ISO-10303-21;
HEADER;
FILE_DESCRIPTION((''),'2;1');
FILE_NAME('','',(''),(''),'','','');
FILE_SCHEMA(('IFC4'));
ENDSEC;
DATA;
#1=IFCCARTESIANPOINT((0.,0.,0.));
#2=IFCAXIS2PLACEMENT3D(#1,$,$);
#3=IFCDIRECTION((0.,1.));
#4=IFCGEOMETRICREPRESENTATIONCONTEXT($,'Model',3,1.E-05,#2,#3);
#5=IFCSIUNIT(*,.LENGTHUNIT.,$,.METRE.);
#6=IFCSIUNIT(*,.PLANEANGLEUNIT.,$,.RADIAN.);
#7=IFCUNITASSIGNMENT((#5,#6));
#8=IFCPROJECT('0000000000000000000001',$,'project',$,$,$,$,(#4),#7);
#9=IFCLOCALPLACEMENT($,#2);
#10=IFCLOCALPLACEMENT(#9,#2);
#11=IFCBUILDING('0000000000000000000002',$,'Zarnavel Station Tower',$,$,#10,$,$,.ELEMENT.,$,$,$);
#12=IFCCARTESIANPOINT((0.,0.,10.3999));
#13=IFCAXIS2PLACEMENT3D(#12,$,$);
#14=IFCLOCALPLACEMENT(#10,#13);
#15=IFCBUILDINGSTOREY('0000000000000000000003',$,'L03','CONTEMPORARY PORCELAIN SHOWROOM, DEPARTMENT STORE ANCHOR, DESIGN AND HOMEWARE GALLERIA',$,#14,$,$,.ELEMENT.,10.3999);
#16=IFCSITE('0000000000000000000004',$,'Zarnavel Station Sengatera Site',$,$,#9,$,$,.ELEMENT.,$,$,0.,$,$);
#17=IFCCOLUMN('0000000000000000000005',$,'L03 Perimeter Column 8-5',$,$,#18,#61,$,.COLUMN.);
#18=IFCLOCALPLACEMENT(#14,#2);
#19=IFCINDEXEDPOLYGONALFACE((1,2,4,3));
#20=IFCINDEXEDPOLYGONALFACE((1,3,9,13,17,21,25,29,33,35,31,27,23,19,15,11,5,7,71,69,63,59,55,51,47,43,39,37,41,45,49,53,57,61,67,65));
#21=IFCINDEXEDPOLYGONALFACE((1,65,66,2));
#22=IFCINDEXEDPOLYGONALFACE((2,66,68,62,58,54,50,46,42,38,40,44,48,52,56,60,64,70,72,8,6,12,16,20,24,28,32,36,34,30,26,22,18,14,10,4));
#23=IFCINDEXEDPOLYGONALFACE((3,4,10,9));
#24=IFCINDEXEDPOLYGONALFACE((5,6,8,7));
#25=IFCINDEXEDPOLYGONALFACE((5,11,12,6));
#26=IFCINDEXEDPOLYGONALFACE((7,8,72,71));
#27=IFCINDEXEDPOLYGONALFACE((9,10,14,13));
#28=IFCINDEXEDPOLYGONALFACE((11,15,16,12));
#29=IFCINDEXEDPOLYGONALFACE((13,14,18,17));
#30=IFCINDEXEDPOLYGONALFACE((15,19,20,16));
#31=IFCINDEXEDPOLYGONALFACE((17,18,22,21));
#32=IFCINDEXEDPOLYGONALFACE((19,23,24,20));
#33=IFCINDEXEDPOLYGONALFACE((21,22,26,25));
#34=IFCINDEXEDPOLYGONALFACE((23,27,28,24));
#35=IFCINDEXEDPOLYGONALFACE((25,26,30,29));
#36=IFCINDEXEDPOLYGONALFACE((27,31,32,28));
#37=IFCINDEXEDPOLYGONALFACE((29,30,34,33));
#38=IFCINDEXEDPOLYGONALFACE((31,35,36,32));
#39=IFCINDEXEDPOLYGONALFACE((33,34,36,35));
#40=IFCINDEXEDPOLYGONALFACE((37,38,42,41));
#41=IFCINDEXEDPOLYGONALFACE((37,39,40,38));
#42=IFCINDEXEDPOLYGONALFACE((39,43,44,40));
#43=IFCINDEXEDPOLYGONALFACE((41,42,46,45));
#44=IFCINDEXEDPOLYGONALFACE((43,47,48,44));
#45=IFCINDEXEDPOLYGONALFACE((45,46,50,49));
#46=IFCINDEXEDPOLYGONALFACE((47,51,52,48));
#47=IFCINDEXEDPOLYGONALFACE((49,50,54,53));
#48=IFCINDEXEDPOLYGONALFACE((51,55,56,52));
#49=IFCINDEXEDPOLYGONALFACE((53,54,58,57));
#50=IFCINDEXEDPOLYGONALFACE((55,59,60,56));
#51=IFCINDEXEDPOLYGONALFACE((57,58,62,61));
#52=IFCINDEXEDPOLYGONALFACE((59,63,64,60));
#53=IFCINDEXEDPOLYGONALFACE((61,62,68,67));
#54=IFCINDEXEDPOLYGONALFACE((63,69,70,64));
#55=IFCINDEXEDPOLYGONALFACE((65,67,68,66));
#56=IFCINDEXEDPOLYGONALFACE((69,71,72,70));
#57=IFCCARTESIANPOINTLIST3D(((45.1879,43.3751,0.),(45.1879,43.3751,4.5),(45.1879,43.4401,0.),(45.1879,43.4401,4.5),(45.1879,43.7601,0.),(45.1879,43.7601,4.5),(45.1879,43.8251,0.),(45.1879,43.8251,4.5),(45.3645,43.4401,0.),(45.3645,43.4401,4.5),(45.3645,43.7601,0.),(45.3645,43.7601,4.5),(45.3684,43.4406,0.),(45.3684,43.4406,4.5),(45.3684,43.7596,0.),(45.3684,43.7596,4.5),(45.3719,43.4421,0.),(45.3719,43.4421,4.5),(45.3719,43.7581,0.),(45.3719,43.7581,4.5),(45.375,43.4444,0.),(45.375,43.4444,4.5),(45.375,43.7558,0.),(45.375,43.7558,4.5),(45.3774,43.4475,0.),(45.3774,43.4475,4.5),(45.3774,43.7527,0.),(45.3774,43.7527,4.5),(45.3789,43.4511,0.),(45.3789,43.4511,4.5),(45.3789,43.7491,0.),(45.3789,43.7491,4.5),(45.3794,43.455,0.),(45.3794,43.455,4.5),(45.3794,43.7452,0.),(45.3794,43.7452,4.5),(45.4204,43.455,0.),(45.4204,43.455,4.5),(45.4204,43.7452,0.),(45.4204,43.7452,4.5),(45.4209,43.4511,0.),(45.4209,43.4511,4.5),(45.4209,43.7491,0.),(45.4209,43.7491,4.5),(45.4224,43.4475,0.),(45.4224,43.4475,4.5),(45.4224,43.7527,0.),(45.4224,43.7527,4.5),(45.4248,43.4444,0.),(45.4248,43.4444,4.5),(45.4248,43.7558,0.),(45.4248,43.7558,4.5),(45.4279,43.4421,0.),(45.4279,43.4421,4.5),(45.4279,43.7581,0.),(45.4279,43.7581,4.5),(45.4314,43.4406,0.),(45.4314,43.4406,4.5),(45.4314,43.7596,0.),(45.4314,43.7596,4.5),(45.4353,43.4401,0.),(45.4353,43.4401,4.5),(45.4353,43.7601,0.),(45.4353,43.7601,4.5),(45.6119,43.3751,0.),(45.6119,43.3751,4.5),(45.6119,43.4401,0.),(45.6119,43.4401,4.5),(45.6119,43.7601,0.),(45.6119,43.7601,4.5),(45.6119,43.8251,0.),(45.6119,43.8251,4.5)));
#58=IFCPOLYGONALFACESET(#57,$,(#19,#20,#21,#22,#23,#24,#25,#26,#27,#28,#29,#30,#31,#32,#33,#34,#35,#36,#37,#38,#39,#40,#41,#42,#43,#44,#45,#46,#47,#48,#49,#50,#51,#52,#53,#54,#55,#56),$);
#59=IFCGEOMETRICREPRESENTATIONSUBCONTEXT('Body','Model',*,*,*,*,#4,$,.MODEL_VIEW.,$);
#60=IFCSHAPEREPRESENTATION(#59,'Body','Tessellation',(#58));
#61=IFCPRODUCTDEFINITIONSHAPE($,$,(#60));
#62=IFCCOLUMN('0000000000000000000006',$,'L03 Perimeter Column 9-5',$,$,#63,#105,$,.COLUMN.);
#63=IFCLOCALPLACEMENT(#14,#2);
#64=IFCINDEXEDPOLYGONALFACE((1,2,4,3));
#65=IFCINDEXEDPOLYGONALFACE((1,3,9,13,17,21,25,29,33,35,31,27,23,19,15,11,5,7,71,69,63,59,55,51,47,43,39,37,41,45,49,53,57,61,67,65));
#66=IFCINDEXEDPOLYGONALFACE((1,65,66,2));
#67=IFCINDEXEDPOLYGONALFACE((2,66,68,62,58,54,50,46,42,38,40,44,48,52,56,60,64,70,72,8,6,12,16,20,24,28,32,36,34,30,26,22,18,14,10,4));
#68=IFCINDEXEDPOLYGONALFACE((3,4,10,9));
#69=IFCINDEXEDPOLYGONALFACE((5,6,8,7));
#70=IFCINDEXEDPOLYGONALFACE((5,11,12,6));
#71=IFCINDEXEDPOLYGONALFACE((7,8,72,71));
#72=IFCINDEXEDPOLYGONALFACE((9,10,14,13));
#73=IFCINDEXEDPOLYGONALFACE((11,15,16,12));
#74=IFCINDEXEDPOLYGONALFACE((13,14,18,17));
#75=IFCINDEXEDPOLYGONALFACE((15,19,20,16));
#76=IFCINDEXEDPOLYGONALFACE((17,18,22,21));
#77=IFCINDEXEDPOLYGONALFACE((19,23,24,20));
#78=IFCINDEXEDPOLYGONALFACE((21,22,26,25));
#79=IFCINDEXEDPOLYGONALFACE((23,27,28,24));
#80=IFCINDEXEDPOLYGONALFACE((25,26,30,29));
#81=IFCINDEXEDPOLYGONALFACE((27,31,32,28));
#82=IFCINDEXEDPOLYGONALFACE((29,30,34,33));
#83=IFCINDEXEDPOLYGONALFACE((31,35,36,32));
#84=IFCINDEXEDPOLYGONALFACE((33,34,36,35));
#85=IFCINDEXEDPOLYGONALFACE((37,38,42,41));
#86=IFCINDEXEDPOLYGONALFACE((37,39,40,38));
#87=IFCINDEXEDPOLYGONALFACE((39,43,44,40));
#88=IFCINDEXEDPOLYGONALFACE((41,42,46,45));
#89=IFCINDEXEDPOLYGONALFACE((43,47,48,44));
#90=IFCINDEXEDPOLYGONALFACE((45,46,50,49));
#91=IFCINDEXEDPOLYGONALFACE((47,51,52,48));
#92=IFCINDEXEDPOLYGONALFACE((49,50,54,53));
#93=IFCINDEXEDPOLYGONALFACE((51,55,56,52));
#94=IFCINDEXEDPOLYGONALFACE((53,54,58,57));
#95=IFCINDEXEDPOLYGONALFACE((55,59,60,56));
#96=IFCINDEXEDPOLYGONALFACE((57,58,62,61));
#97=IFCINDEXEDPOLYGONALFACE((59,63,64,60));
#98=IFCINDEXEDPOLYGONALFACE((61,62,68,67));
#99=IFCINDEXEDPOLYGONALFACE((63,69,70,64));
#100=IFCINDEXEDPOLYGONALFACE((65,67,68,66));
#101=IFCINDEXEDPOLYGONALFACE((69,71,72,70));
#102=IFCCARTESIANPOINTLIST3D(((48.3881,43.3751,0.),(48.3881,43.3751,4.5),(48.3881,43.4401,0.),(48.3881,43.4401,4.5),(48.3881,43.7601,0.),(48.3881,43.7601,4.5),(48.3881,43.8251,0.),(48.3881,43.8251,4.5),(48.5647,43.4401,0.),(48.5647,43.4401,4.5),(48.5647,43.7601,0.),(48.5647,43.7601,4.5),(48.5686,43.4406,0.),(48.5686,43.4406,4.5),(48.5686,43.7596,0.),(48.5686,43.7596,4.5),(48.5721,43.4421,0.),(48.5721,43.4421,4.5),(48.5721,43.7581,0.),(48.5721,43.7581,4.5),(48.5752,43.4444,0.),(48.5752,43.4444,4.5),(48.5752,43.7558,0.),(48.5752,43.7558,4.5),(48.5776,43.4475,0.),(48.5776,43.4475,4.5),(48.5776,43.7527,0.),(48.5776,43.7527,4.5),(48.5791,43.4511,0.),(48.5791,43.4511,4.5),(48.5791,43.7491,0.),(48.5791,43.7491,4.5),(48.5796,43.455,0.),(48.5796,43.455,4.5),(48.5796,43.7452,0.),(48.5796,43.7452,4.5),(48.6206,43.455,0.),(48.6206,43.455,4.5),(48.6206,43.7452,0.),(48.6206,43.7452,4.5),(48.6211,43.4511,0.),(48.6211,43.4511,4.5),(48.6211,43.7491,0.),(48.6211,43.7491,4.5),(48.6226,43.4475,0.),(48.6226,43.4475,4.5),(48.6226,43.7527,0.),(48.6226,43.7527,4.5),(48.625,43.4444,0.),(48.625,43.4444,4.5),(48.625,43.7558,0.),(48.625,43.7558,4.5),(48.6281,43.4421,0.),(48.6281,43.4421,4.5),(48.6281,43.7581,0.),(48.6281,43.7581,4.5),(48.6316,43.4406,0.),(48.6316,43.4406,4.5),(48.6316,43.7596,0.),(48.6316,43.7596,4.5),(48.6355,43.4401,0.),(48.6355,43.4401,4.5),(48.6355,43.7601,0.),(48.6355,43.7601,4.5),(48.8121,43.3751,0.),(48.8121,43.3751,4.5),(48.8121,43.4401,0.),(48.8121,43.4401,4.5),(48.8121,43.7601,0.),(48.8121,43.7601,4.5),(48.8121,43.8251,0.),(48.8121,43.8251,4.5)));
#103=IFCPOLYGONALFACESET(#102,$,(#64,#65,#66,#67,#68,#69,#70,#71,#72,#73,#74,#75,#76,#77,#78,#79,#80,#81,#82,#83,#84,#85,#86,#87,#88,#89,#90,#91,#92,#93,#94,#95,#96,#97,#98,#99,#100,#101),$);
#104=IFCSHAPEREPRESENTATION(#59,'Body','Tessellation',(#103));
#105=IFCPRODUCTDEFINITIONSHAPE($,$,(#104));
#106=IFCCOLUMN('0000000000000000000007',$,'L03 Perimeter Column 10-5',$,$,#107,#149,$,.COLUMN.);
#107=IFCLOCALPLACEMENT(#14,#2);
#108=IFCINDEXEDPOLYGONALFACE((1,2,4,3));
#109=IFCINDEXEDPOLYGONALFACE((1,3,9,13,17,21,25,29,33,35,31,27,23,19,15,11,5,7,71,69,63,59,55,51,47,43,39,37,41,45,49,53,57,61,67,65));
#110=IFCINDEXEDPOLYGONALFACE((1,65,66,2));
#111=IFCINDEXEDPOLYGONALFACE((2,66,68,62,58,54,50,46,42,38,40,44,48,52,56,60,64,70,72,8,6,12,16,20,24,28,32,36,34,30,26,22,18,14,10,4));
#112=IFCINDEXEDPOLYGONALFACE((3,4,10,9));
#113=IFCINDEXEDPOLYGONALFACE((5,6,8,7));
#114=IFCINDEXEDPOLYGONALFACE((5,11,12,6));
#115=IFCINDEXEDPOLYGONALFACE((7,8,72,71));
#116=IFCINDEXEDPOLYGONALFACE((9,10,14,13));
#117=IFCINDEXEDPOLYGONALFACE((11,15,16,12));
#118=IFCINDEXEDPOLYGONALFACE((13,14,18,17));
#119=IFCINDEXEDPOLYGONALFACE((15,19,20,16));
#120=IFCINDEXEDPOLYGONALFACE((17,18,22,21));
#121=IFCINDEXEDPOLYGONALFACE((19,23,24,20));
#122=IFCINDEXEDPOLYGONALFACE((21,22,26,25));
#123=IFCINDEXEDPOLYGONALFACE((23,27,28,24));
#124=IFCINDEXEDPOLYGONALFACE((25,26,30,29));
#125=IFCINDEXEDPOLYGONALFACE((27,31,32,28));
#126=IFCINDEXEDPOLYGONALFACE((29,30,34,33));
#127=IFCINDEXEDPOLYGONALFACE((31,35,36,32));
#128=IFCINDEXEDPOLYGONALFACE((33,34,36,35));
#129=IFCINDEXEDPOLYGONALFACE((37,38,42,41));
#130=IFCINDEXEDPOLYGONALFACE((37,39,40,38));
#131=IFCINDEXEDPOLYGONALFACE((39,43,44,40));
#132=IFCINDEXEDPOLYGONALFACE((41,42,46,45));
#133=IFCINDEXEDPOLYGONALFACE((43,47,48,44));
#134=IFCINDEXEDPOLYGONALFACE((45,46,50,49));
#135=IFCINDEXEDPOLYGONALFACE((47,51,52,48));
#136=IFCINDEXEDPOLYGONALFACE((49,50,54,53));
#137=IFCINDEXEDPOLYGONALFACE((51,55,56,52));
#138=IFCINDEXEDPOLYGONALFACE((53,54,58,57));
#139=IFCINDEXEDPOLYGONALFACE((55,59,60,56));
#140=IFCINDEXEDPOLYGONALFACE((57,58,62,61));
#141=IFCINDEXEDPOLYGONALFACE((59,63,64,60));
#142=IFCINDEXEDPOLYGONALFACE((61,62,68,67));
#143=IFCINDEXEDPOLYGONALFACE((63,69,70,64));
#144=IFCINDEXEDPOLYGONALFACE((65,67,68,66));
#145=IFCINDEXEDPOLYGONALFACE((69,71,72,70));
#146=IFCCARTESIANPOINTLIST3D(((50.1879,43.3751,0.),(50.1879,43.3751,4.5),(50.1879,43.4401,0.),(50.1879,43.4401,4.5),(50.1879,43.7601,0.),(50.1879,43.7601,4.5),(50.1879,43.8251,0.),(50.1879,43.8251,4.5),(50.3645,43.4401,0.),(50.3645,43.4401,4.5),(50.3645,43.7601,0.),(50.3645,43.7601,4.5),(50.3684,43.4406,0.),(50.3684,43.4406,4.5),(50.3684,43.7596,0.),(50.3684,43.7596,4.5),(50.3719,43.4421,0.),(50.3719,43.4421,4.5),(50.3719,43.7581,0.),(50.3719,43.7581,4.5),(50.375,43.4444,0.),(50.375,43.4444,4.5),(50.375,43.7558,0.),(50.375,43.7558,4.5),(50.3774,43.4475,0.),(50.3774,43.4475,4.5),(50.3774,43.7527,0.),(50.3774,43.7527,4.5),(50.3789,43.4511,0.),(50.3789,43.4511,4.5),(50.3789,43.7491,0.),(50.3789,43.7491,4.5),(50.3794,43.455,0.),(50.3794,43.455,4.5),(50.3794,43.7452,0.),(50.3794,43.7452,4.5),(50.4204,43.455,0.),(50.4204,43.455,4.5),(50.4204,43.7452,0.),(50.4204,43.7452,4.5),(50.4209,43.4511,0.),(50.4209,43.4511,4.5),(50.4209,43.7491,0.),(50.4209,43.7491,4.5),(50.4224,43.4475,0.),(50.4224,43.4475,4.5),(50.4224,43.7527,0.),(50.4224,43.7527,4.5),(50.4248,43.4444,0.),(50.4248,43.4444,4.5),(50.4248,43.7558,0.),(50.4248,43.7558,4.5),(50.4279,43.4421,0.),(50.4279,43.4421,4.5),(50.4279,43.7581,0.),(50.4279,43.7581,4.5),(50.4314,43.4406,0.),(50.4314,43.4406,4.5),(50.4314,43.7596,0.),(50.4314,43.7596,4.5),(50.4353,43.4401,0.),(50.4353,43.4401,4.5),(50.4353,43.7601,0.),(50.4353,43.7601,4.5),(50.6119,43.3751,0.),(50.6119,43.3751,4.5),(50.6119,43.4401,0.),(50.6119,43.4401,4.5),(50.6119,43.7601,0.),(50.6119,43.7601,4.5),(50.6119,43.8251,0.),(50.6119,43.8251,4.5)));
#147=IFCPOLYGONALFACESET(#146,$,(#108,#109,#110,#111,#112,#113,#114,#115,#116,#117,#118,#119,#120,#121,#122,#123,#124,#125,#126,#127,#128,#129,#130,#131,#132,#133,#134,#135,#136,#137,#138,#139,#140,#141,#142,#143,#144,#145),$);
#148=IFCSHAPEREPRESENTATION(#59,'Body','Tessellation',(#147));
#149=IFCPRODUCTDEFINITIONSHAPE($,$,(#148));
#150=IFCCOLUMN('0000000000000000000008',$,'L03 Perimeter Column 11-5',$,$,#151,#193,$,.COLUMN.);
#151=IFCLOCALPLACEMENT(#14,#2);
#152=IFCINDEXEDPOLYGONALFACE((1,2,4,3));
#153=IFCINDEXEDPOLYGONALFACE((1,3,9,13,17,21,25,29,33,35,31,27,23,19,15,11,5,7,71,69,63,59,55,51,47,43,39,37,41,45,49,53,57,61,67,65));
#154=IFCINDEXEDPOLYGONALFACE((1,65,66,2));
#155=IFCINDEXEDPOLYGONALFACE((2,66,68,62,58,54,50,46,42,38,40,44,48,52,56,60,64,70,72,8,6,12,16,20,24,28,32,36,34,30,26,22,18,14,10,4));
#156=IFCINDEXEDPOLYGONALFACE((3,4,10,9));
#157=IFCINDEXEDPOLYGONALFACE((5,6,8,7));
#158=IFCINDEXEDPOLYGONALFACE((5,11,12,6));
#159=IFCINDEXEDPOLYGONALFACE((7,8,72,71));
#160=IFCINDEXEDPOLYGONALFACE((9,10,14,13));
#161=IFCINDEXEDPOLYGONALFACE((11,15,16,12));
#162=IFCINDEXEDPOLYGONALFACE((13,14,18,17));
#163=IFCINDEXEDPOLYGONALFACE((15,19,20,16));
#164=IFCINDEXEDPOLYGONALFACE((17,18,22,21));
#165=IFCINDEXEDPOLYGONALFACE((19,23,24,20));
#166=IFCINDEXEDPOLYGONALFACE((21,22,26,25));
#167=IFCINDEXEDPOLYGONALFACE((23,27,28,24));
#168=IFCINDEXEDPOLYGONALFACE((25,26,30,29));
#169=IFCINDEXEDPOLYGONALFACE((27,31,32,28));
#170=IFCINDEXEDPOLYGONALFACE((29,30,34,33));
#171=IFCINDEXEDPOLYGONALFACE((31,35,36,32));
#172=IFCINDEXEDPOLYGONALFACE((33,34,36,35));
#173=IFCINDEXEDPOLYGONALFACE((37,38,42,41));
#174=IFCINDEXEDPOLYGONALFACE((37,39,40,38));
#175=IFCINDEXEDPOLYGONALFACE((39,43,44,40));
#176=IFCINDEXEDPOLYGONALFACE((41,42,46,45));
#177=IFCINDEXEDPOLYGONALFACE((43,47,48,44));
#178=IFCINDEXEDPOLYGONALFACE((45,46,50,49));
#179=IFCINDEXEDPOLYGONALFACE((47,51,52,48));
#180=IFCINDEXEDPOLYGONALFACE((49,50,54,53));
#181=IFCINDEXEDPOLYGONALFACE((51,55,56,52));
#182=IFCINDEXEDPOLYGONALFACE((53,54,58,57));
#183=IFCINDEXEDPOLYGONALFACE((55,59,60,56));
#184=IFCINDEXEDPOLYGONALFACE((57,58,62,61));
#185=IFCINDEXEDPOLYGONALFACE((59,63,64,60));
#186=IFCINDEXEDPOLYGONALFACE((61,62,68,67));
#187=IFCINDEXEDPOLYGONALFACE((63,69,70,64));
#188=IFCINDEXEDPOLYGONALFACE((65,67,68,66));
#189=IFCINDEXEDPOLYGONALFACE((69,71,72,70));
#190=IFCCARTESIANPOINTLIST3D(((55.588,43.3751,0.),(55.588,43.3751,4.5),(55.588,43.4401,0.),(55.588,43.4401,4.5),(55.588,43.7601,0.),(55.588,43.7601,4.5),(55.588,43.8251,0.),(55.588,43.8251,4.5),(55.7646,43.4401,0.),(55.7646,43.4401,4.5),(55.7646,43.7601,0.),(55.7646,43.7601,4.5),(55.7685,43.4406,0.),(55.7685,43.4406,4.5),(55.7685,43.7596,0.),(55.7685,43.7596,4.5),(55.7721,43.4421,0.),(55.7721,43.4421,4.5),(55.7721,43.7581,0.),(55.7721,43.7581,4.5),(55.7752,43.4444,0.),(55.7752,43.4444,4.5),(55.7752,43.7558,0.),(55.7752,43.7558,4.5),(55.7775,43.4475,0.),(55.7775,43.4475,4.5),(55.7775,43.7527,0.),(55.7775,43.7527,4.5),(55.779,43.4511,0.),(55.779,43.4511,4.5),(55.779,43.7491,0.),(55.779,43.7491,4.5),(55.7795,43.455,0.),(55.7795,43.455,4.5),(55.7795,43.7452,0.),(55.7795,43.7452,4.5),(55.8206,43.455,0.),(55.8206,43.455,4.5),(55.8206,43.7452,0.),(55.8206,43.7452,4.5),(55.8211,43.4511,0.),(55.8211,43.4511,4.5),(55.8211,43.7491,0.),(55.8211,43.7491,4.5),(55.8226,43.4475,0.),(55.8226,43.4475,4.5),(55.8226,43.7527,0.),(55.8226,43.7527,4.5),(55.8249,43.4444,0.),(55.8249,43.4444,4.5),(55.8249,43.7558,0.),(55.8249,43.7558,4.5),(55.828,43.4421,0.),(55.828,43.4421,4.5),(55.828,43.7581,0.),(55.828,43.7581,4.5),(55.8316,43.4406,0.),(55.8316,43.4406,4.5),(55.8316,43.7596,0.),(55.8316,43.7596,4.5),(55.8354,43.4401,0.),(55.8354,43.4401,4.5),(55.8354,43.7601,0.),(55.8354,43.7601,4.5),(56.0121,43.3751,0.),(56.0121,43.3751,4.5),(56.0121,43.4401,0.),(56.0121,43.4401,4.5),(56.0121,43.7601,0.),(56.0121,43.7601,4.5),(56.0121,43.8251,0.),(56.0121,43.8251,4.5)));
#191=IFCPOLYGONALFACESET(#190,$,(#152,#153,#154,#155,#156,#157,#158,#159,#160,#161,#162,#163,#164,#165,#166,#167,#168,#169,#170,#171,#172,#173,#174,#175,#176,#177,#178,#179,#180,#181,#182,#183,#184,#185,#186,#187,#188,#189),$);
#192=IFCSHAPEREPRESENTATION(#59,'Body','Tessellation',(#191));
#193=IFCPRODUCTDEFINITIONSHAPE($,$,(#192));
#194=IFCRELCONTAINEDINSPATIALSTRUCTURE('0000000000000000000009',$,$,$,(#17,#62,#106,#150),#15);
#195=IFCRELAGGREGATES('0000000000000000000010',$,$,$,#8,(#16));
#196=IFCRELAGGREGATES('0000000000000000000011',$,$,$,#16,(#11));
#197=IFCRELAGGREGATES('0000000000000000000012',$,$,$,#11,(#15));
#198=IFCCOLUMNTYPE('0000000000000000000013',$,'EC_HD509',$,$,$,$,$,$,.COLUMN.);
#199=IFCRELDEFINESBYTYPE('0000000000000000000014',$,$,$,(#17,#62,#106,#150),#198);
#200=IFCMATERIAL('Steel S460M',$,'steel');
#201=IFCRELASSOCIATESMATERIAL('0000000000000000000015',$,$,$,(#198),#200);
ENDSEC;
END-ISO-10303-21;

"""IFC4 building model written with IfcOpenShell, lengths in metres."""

from ifc_helpers import new_model, si_unit, direction, frame, origin, origin_2d, place, context, subcontext, project, spatial, i_section, extrude, material, material_profile, profile_set, type_object, element, save


model = new_model("IFC4")

# Units and contexts
model_context = context("Model", 3, precision=1e-05, world=origin(), true_north=direction((0.0, 1.0)))
body_context = subcontext(model_context, "Body", "Model", "MODEL_VIEW")
ifc_project = project(units=[si_unit("LENGTHUNIT", "METRE"), si_unit("PLANEANGLEUNIT", "RADIAN")], contexts=[model_context])

# Site, building, storey
site_placement = place(None, origin())
site = spatial("IfcSite", under=ifc_project, at=site_placement, Name="Zarnavel Station Sengatera Site", CompositionType="ELEMENT", RefElevation=0.0)
building_placement = place(site_placement, origin())
building = spatial("IfcBuilding", under=site, at=building_placement, Name="Zarnavel Station Tower", CompositionType="ELEMENT")
storey_placement = place(building_placement, frame((0.0, 0.0, 10.3999)))
storey = spatial("IfcBuildingStorey", under=building, at=storey_placement, Name="L03", Description="CONTEMPORARY PORCELAIN SHOWROOM, DEPARTMENT STORE ANCHOR, DESIGN AND HOMEWARE GALLERIA", CompositionType="ELEMENT", Elevation=10.3999)

# Columns
ifc_material_1 = material(Name="Steel S460M", Category="steel")
ifc_material_profile_1 = material_profile(ifc_material_1, i_section(OverallWidth=0.4241, OverallDepth=0.45, WebThickness=0.041, FlangeThickness=0.0649, FilletRadius=0.0149, at=origin_2d()), Name="HD400x509")
ifc_profile_set_1 = profile_set([ifc_material_profile_1], Name="Steel S460M")
column_type = type_object("IfcColumnType", Name="EC_HD509", PredefinedType="COLUMN", material=ifc_profile_set_1)
for number, where, z_axis, x_axis, name in (
    (1, (45.3999, 43.6001, 0.0), (0.0, 0.0, 1.0), (1.0, 0.0, 0.0), "L03 Perimeter Column 8-5"),
    (2, (48.6001, 43.6001, 0.0), (0.0, 0.0, 1.0), (1.0, 0.0, 0.0), "L03 Perimeter Column 9-5"),
    (3, (50.3999, 43.6001, 0.0), (0.0, 0.0, 1.0), (1.0, 0.0, 0.0), "L03 Perimeter Column 10-5"),
    (4, (55.8, 43.6001, 0.0), (0.0, 0.0, 1.0), (1.0, 0.0, 0.0), "L03 Perimeter Column 11-5"),
):
    element("IfcColumn", number, at=place(storey_placement, frame(where, z_axis=z_axis, x_axis=x_axis)), inside=storey, type_object=column_type, Name=name, PredefinedType="COLUMN", context=body_context, shape_type="SweptSolid", body=[
        extrude(i_section(OverallWidth=0.4241, OverallDepth=0.45, WebThickness=0.041, FlangeThickness=0.0649, FilletRadius=0.0149, at=origin_2d()), origin(), (0.0, 0.0, 1.0), 4.5),
    ])

save(model, "model.ifc")
